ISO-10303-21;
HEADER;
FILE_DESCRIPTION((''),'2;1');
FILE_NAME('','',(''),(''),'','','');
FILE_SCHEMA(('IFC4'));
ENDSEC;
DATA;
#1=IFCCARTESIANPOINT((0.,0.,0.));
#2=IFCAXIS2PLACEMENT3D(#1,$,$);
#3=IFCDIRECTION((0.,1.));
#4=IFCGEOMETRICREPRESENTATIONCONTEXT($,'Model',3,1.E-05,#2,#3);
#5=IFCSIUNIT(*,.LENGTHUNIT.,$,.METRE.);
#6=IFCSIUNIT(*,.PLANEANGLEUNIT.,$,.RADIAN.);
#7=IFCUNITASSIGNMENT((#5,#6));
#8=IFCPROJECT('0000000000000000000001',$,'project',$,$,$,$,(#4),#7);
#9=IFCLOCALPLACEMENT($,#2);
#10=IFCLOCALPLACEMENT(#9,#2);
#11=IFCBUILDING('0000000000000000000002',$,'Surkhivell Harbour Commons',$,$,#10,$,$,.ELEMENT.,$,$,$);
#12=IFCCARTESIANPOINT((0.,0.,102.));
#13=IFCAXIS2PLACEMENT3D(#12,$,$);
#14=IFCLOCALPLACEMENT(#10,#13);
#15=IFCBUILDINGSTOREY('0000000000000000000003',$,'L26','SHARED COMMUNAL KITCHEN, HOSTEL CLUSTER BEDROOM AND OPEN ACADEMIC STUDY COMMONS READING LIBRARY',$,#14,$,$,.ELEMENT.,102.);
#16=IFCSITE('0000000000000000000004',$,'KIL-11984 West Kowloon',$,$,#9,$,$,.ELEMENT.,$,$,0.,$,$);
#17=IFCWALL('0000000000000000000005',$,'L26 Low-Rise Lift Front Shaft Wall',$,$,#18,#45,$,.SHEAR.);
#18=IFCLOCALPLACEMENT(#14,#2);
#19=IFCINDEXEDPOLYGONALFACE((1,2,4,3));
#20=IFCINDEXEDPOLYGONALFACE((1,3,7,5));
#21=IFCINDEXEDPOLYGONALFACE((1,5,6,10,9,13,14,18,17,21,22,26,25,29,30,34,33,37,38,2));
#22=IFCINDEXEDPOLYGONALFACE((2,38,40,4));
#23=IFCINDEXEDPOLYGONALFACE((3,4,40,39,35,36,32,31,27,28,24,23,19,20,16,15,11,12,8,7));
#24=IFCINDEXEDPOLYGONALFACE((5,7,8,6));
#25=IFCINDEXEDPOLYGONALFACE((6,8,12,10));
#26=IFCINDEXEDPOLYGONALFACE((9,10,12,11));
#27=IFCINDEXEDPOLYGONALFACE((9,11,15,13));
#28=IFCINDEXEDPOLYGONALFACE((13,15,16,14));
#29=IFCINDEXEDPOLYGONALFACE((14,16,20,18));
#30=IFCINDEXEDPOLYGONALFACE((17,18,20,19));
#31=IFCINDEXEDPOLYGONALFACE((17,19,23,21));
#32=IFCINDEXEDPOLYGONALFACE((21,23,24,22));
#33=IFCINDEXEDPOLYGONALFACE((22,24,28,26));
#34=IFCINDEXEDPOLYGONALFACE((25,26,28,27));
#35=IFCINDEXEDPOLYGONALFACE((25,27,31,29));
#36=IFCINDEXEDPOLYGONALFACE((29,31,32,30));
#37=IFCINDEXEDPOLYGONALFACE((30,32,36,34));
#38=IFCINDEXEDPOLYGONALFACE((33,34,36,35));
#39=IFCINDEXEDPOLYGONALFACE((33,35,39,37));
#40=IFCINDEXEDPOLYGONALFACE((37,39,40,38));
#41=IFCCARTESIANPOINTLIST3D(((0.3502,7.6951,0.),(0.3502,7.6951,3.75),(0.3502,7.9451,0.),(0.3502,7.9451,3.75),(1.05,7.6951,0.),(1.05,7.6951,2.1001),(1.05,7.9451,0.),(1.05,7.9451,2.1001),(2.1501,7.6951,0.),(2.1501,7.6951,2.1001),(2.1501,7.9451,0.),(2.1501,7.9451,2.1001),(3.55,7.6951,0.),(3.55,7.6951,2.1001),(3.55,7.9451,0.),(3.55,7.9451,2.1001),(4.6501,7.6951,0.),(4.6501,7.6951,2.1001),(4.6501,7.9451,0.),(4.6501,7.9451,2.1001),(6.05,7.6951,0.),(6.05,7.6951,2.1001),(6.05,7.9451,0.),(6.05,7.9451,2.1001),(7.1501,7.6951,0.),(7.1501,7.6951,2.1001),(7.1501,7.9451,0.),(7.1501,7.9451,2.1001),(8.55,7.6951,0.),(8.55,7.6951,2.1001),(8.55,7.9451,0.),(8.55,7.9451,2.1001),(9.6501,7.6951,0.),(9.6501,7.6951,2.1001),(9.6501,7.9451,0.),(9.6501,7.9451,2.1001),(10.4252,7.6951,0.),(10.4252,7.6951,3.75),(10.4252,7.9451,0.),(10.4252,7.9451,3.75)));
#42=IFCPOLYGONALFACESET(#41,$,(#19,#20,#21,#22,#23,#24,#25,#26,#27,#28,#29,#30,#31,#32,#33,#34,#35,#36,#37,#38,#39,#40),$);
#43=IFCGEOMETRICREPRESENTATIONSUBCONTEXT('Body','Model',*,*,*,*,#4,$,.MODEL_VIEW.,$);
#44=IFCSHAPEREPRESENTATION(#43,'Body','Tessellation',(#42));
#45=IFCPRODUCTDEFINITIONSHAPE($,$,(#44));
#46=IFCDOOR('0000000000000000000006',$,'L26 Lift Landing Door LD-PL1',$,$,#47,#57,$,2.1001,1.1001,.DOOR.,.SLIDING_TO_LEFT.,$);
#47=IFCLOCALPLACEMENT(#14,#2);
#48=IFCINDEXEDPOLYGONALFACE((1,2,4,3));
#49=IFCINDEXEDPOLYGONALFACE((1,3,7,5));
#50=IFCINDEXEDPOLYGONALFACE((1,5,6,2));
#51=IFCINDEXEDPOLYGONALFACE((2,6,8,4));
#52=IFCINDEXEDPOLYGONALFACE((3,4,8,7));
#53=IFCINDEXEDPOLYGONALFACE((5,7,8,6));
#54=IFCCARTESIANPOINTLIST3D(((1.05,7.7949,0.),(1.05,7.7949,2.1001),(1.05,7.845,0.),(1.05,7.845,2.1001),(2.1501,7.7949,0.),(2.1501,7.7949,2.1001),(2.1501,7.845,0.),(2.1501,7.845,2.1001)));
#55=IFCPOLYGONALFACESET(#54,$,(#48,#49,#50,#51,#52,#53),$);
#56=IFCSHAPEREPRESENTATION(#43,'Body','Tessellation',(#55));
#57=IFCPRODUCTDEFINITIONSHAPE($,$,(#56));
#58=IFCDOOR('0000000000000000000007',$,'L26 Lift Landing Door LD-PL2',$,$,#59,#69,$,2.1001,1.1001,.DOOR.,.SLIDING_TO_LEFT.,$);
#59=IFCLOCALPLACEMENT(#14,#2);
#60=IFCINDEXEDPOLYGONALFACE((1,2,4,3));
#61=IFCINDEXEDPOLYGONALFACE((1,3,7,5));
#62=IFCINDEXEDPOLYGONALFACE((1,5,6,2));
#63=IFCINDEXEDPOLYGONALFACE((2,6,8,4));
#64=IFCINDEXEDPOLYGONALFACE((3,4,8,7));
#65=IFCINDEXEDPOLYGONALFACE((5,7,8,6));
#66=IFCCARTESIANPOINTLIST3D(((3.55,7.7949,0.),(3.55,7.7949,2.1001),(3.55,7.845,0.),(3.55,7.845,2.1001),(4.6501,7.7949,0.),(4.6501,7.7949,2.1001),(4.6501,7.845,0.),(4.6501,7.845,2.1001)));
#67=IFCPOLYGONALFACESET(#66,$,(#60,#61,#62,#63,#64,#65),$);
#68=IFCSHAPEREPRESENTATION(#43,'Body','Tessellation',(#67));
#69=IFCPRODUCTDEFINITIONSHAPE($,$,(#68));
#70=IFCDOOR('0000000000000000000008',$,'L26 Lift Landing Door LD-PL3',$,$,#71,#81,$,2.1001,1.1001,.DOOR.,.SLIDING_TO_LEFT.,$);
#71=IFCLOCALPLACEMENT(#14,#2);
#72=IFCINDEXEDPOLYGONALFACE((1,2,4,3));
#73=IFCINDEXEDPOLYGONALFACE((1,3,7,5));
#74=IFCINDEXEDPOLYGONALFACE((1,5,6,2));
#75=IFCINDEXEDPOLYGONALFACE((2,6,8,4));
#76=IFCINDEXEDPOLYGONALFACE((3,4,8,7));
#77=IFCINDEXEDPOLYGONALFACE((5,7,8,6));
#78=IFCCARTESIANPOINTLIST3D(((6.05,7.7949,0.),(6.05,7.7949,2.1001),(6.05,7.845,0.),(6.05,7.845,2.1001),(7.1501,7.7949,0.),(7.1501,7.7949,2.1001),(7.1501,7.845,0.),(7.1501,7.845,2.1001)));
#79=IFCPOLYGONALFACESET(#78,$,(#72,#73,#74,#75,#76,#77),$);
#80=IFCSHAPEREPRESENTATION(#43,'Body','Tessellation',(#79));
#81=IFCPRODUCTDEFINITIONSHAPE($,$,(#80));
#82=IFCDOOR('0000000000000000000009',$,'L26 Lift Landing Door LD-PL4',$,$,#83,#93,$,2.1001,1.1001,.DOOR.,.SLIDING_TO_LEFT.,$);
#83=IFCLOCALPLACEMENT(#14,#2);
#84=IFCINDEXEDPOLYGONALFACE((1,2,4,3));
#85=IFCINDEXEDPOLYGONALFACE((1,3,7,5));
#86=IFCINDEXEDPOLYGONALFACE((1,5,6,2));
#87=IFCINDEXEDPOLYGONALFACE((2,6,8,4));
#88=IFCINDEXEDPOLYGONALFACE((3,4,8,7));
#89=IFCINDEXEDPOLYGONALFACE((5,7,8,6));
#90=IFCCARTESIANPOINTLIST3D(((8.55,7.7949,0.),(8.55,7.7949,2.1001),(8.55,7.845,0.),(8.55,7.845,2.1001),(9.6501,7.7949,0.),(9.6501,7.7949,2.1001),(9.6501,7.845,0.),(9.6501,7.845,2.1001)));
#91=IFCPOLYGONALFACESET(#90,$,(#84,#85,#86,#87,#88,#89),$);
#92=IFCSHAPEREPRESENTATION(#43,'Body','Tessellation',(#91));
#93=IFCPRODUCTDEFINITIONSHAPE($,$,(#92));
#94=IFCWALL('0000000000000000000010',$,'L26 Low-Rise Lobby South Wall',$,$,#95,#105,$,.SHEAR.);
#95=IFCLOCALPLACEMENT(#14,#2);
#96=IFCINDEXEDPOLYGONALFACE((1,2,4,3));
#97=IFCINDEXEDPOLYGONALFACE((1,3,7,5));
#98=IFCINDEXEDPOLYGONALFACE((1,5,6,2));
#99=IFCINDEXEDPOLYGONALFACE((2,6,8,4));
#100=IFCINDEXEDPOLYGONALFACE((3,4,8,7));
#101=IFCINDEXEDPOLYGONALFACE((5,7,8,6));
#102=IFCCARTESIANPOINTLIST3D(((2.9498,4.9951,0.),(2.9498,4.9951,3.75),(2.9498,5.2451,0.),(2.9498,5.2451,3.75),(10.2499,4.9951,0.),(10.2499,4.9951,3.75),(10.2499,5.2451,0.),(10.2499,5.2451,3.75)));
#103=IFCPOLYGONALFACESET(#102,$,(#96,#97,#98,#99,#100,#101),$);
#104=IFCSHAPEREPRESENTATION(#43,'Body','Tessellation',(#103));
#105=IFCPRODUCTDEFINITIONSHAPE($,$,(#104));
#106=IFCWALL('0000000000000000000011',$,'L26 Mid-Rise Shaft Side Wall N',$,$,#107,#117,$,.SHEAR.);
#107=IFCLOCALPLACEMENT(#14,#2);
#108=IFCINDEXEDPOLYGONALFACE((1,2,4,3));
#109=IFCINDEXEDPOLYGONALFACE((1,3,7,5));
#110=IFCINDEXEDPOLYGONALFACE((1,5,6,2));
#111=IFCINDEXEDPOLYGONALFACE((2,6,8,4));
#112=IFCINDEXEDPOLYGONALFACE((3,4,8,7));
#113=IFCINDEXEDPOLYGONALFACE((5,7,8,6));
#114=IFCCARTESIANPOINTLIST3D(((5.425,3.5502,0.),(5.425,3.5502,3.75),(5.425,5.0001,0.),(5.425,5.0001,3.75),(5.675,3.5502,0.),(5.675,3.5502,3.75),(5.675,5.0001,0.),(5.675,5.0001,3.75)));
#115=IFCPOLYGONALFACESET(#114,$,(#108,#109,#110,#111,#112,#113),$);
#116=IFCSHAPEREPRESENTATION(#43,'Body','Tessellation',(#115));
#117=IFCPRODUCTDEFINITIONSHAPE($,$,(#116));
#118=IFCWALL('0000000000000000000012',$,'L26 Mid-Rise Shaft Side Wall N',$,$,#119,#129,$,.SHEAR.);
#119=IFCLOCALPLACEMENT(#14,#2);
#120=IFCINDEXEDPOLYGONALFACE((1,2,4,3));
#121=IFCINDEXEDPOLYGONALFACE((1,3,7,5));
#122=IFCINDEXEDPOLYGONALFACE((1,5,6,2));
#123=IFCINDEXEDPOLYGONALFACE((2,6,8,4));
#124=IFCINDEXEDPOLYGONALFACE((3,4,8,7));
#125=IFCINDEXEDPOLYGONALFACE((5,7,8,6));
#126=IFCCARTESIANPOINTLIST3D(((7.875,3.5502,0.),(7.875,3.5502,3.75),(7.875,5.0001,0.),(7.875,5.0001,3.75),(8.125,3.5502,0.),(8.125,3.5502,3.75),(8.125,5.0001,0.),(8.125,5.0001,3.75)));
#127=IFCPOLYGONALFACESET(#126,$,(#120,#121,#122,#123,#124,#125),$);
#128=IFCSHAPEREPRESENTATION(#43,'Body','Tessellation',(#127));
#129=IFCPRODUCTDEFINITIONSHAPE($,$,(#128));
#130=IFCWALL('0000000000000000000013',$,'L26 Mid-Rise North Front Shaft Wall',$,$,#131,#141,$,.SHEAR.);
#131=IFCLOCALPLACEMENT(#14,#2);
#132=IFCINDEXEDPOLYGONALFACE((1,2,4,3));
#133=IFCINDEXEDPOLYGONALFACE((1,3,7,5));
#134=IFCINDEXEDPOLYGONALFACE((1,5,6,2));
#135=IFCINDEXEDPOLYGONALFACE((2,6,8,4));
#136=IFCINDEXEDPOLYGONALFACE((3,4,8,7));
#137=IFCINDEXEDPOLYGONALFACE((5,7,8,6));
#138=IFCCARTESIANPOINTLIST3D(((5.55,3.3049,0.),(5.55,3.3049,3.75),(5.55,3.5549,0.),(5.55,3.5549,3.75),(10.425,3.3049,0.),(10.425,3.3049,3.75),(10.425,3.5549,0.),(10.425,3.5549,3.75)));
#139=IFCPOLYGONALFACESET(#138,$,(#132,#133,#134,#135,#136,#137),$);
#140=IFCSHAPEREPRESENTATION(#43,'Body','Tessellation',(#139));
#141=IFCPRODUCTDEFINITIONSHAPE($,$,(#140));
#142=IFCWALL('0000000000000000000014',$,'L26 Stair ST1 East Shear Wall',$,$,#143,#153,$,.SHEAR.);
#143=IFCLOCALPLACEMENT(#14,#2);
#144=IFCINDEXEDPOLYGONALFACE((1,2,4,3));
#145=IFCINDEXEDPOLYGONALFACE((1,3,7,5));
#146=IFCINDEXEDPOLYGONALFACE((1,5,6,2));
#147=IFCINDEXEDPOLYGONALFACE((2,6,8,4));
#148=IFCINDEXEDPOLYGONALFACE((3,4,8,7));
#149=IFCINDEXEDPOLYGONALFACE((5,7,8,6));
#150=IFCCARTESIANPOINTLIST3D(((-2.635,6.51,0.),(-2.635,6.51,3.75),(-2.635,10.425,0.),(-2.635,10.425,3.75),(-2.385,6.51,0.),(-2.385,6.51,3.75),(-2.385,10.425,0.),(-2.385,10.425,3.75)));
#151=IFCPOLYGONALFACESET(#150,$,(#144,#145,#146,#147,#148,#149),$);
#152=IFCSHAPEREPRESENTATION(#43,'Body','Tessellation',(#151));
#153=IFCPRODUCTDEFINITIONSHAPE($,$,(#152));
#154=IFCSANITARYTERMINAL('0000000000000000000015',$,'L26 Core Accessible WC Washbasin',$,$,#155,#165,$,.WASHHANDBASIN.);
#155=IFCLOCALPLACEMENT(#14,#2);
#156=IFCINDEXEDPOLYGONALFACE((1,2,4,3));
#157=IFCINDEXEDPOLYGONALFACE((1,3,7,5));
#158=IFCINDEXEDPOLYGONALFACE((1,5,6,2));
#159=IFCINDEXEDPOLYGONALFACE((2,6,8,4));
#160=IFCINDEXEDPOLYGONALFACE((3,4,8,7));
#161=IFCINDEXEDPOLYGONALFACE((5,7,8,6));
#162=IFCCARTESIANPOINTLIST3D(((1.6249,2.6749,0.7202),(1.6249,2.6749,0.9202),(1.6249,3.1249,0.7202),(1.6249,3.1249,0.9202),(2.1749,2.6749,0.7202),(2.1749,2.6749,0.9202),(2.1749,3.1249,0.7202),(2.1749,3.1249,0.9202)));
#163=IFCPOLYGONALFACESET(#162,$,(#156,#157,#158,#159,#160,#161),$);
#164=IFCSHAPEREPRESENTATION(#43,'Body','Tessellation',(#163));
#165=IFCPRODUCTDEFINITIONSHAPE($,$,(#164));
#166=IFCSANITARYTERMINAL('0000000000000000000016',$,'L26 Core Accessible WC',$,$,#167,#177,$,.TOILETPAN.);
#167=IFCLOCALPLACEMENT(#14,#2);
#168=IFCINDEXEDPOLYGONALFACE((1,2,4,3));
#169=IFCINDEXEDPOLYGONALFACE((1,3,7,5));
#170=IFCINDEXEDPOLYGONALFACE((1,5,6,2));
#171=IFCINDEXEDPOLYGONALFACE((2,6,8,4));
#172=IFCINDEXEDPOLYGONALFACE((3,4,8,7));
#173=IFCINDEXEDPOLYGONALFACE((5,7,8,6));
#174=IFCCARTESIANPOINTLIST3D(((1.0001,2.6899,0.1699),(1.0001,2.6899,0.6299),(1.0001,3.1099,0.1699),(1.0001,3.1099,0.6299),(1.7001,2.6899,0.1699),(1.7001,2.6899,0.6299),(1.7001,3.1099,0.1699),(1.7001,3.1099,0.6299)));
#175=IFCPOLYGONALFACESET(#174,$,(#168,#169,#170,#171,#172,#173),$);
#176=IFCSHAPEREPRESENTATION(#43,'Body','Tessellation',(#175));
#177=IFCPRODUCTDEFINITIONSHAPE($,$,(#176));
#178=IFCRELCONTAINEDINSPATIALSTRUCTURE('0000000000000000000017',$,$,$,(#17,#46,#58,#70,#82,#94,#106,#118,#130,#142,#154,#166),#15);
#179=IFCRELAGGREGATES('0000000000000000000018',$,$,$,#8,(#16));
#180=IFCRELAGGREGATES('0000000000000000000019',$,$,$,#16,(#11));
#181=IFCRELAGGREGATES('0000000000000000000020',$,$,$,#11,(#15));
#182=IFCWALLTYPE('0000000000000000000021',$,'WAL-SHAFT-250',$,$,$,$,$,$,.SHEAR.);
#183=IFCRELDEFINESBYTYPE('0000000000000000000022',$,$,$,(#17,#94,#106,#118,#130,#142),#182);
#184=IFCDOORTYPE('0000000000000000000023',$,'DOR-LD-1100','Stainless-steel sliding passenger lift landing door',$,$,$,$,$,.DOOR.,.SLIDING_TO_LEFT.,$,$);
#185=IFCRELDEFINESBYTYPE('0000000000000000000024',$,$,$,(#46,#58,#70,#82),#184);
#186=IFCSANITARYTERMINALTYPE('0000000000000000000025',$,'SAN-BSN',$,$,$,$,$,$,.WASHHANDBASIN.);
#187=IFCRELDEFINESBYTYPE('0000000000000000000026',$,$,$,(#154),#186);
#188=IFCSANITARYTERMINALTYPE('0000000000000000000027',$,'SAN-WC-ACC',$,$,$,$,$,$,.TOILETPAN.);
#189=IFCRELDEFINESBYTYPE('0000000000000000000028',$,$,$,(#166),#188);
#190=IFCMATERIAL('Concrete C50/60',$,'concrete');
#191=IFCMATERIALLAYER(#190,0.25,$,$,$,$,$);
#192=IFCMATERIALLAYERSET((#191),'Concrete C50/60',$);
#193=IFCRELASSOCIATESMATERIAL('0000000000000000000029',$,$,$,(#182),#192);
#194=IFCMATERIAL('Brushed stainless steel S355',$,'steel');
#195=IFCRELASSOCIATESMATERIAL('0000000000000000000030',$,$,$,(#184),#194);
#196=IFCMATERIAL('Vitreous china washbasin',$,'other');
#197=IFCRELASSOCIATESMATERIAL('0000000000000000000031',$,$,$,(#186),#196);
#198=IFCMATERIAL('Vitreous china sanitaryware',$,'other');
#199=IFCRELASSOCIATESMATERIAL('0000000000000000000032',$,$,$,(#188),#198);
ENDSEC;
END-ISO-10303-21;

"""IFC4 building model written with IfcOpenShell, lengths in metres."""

from ifc_helpers import new_model, si_unit, direction, frame, frame_2d, origin, origin_2d, place, context, subcontext, project, spatial, rectangle, extrude, material, layer, layer_set, type_object, element, fill, save


model = new_model("IFC4")

# Units and contexts
model_context = context("Model", 3, precision=1e-05, world=origin(), true_north=direction((0.0, 1.0)))
body_context = subcontext(model_context, "Body", "Model", "MODEL_VIEW")
ifc_project = project(units=[si_unit("LENGTHUNIT", "METRE"), si_unit("PLANEANGLEUNIT", "RADIAN")], contexts=[model_context])

# Site, building, storey
site_placement = place(None, origin())
site = spatial("IfcSite", under=ifc_project, at=site_placement, Name="KIL-11984 West Kowloon", CompositionType="ELEMENT", RefElevation=0.0)
building_placement = place(site_placement, origin())
building = spatial("IfcBuilding", under=site, at=building_placement, Name="Surkhivell Harbour Commons", CompositionType="ELEMENT")
storey_placement = place(building_placement, frame((0.0, 0.0, 102.0)))
storey = spatial("IfcBuildingStorey", under=building, at=storey_placement, Name="L26", Description="SHARED COMMUNAL KITCHEN, HOSTEL CLUSTER BEDROOM AND OPEN ACADEMIC STUDY COMMONS READING LIBRARY", CompositionType="ELEMENT", Elevation=102.0)

# Shared definitions
ifc_material_1 = material(Name="Concrete C50/60", Category="concrete")
ifc_layer_1 = layer(ifc_material_1, 0.25)
ifc_layer_set_1 = layer_set([ifc_layer_1], Name="Concrete C50/60")
wall_type_1 = type_object("IfcWallType", Name="WAL-SHAFT-250", PredefinedType="SHEAR", material=ifc_layer_set_1)

# Wall, openings, doors
wall_1_placement = place(storey_placement, frame((0.3501, 7.8201, 0.0), z_axis=(0.0, 0.0, 1.0), x_axis=(1.0, 0.0, 0.0)))
wall_1 = element("IfcWall", 1, at=wall_1_placement, inside=storey, type_object=wall_type_1, Name="L26 Low-Rise Lift Front Shaft Wall", PredefinedType="SHEAR", context=body_context, shape_type="SweptSolid", body=[
    extrude(rectangle(XDim=10.075, YDim=0.25, at=frame_2d((5.0376, 0.0))), origin(), (0.0, 0.0, 1.0), 3.75),
])
opening_1_placement = place(wall_1_placement, frame((0.7, 0.0, 0.0)))
opening_1 = element("IfcOpeningElement", 2, at=opening_1_placement, cuts=wall_1, PredefinedType="OPENING", context=body_context, shape_type="SweptSolid", body=[
    extrude(rectangle(XDim=1.1001, YDim=2.1001, at=frame_2d((0.55, 1.05))), frame((0.0, 0.135, 0.0), z_axis=(0.0, -1.0, 0.0), x_axis=(1.0, 0.0, 0.0)), (0.0, 0.0, 1.0), 0.27),
])
opening_2_placement = place(wall_1_placement, frame((3.2, 0.0, 0.0)))
opening_2 = element("IfcOpeningElement", 3, at=opening_2_placement, cuts=wall_1, PredefinedType="OPENING", context=body_context, shape_type="SweptSolid", body=[
    extrude(rectangle(XDim=1.1001, YDim=2.1001, at=frame_2d((0.55, 1.05))), frame((0.0, 0.135, 0.0), z_axis=(0.0, -1.0, 0.0), x_axis=(1.0, 0.0, 0.0)), (0.0, 0.0, 1.0), 0.27),
])
opening_3_placement = place(wall_1_placement, frame((5.7, 0.0, 0.0)))
opening_3 = element("IfcOpeningElement", 4, at=opening_3_placement, cuts=wall_1, PredefinedType="OPENING", context=body_context, shape_type="SweptSolid", body=[
    extrude(rectangle(XDim=1.1001, YDim=2.1001, at=frame_2d((0.55, 1.05))), frame((0.0, 0.135, 0.0), z_axis=(0.0, -1.0, 0.0), x_axis=(1.0, 0.0, 0.0)), (0.0, 0.0, 1.0), 0.27),
])
opening_4_placement = place(wall_1_placement, frame((8.2, 0.0, 0.0)))
opening_4 = element("IfcOpeningElement", 5, at=opening_4_placement, cuts=wall_1, PredefinedType="OPENING", context=body_context, shape_type="SweptSolid", body=[
    extrude(rectangle(XDim=1.1001, YDim=2.1001, at=frame_2d((0.55, 1.05))), frame((0.0, 0.135, 0.0), z_axis=(0.0, -1.0, 0.0), x_axis=(1.0, 0.0, 0.0)), (0.0, 0.0, 1.0), 0.27),
])
ifc_material_2 = material(Name="Brushed stainless steel S355", Category="steel")
door_type_1 = type_object("IfcDoorType", Name="DOR-LD-1100", Description="Stainless-steel sliding passenger lift landing door", OperationType="SLIDING_TO_LEFT", PredefinedType="DOOR", material=ifc_material_2)
door_1_placement = place(opening_1_placement, origin())
door_1 = element("IfcDoor", 6, at=door_1_placement, inside=storey, type_object=door_type_1, Name="L26 Lift Landing Door LD-PL1", OperationType="SLIDING_TO_LEFT", OverallHeight=2.1001, OverallWidth=1.1001, PredefinedType="DOOR", context=body_context, shape_type="SweptSolid", body=[
    extrude(rectangle(XDim=1.1001, YDim=2.1001, at=frame_2d((0.55, 1.05))), frame((0.0, 0.0249, 0.0), z_axis=(0.0, -1.0, 0.0), x_axis=(1.0, 0.0, 0.0)), (0.0, 0.0, 1.0), 0.05),
])
fill(opening_1, door_1)
door_2_placement = place(opening_2_placement, origin())
door_2 = element("IfcDoor", 7, at=door_2_placement, inside=storey, type_object=door_type_1, Name="L26 Lift Landing Door LD-PL2", OperationType="SLIDING_TO_LEFT", OverallHeight=2.1001, OverallWidth=1.1001, PredefinedType="DOOR", context=body_context, shape_type="SweptSolid", body=[
    extrude(rectangle(XDim=1.1001, YDim=2.1001, at=frame_2d((0.55, 1.05))), frame((0.0, 0.0249, 0.0), z_axis=(0.0, -1.0, 0.0), x_axis=(1.0, 0.0, 0.0)), (0.0, 0.0, 1.0), 0.05),
])
fill(opening_2, door_2)
door_3_placement = place(opening_3_placement, origin())
door_3 = element("IfcDoor", 8, at=door_3_placement, inside=storey, type_object=door_type_1, Name="L26 Lift Landing Door LD-PL3", OperationType="SLIDING_TO_LEFT", OverallHeight=2.1001, OverallWidth=1.1001, PredefinedType="DOOR", context=body_context, shape_type="SweptSolid", body=[
    extrude(rectangle(XDim=1.1001, YDim=2.1001, at=frame_2d((0.55, 1.05))), frame((0.0, 0.0249, 0.0), z_axis=(0.0, -1.0, 0.0), x_axis=(1.0, 0.0, 0.0)), (0.0, 0.0, 1.0), 0.05),
])
fill(opening_3, door_3)
door_4_placement = place(opening_4_placement, origin())
door_4 = element("IfcDoor", 9, at=door_4_placement, inside=storey, type_object=door_type_1, Name="L26 Lift Landing Door LD-PL4", OperationType="SLIDING_TO_LEFT", OverallHeight=2.1001, OverallWidth=1.1001, PredefinedType="DOOR", context=body_context, shape_type="SweptSolid", body=[
    extrude(rectangle(XDim=1.1001, YDim=2.1001, at=frame_2d((0.55, 1.05))), frame((0.0, 0.0249, 0.0), z_axis=(0.0, -1.0, 0.0), x_axis=(1.0, 0.0, 0.0)), (0.0, 0.0, 1.0), 0.05),
])
fill(opening_4, door_4)

# Walls
wall_2_placement = place(storey_placement, frame((2.95, 5.1201, 0.0), z_axis=(0.0, 0.0, 1.0), x_axis=(1.0, 0.0, 0.0)))
element("IfcWall", 10, at=wall_2_placement, inside=storey, type_object=wall_type_1, Name="L26 Low-Rise Lobby South Wall", PredefinedType="SHEAR", context=body_context, shape_type="SweptSolid", body=[
    extrude(rectangle(XDim=7.3, YDim=0.25, at=frame_2d((3.6499, 0.0))), origin(), (0.0, 0.0, 1.0), 3.75),
])
for number, where, z_axis, x_axis, name in (
    (11, (5.55, 3.55, 0.0), (0.0, 0.0, 1.0), (0.0, 1.0, 0.0), "L26 Mid-Rise Shaft Side Wall N"),
    (12, (8.0, 3.55, 0.0), (0.0, 0.0, 1.0), (0.0, 1.0, 0.0), "L26 Mid-Rise Shaft Side Wall N"),
):
    element("IfcWall", number, at=place(storey_placement, frame(where, z_axis=z_axis, x_axis=x_axis)), inside=storey, type_object=wall_type_1, Name=name, PredefinedType="SHEAR", context=body_context, shape_type="SweptSolid", body=[
        extrude(rectangle(XDim=1.45, YDim=0.25, at=frame_2d((0.7251, 0.0))), origin(), (0.0, 0.0, 1.0), 3.75),
    ])
wall_3_placement = place(storey_placement, frame((5.55, 3.4299, 0.0), z_axis=(0.0, 0.0, 1.0), x_axis=(1.0, 0.0, 0.0)))
element("IfcWall", 13, at=wall_3_placement, inside=storey, type_object=wall_type_1, Name="L26 Mid-Rise North Front Shaft Wall", PredefinedType="SHEAR", context=body_context, shape_type="SweptSolid", body=[
    extrude(rectangle(XDim=4.875, YDim=0.25, at=frame_2d((2.4375, 0.0))), origin(), (0.0, 0.0, 1.0), 3.75),
])
wall_4_placement = place(storey_placement, frame((-2.51, 6.51, 0.0), z_axis=(0.0, 0.0, 1.0), x_axis=(0.0, 1.0, 0.0)))
element("IfcWall", 14, at=wall_4_placement, inside=storey, type_object=wall_type_1, Name="L26 Stair ST1 East Shear Wall", PredefinedType="SHEAR", context=body_context, shape_type="SweptSolid", body=[
    extrude(rectangle(XDim=3.915, YDim=0.25, at=frame_2d((1.9575, 0.0))), origin(), (0.0, 0.0, 1.0), 3.75),
])

# Sanitary terminals
ifc_material_3 = material(Name="Vitreous china washbasin", Category="other")
sanitary_terminal_type_1 = type_object("IfcSanitaryTerminalType", Name="SAN-BSN", PredefinedType="WASHHANDBASIN", material=ifc_material_3)
sanitary_terminal_1_placement = place(storey_placement, frame((1.8999, 2.8999, 0.7202), z_axis=(0.0, 0.0, 1.0), x_axis=(1.0, 0.0, 0.0)))
element("IfcSanitaryTerminal", 15, at=sanitary_terminal_1_placement, inside=storey, type_object=sanitary_terminal_type_1, Name="L26 Core Accessible WC Washbasin", PredefinedType="WASHHANDBASIN", context=body_context, shape_type="SweptSolid", body=[
    extrude(rectangle(XDim=0.55, YDim=0.45, at=origin_2d()), origin(), (0.0, 0.0, 1.0), 0.2),
])
ifc_material_4 = material(Name="Vitreous china sanitaryware", Category="other")
sanitary_terminal_type_2 = type_object("IfcSanitaryTerminalType", Name="SAN-WC-ACC", PredefinedType="TOILETPAN", material=ifc_material_4)
sanitary_terminal_2_placement = place(storey_placement, frame((1.3501, 2.8999, 0.1699), z_axis=(0.0, 0.0, 1.0), x_axis=(1.0, 0.0, 0.0)))
element("IfcSanitaryTerminal", 16, at=sanitary_terminal_2_placement, inside=storey, type_object=sanitary_terminal_type_2, Name="L26 Core Accessible WC", PredefinedType="TOILETPAN", context=body_context, shape_type="SweptSolid", body=[
    extrude(rectangle(XDim=0.7, YDim=0.4199, at=origin_2d()), origin(), (0.0, 0.0, 1.0), 0.46),
])

save(model, "model.ifc")
